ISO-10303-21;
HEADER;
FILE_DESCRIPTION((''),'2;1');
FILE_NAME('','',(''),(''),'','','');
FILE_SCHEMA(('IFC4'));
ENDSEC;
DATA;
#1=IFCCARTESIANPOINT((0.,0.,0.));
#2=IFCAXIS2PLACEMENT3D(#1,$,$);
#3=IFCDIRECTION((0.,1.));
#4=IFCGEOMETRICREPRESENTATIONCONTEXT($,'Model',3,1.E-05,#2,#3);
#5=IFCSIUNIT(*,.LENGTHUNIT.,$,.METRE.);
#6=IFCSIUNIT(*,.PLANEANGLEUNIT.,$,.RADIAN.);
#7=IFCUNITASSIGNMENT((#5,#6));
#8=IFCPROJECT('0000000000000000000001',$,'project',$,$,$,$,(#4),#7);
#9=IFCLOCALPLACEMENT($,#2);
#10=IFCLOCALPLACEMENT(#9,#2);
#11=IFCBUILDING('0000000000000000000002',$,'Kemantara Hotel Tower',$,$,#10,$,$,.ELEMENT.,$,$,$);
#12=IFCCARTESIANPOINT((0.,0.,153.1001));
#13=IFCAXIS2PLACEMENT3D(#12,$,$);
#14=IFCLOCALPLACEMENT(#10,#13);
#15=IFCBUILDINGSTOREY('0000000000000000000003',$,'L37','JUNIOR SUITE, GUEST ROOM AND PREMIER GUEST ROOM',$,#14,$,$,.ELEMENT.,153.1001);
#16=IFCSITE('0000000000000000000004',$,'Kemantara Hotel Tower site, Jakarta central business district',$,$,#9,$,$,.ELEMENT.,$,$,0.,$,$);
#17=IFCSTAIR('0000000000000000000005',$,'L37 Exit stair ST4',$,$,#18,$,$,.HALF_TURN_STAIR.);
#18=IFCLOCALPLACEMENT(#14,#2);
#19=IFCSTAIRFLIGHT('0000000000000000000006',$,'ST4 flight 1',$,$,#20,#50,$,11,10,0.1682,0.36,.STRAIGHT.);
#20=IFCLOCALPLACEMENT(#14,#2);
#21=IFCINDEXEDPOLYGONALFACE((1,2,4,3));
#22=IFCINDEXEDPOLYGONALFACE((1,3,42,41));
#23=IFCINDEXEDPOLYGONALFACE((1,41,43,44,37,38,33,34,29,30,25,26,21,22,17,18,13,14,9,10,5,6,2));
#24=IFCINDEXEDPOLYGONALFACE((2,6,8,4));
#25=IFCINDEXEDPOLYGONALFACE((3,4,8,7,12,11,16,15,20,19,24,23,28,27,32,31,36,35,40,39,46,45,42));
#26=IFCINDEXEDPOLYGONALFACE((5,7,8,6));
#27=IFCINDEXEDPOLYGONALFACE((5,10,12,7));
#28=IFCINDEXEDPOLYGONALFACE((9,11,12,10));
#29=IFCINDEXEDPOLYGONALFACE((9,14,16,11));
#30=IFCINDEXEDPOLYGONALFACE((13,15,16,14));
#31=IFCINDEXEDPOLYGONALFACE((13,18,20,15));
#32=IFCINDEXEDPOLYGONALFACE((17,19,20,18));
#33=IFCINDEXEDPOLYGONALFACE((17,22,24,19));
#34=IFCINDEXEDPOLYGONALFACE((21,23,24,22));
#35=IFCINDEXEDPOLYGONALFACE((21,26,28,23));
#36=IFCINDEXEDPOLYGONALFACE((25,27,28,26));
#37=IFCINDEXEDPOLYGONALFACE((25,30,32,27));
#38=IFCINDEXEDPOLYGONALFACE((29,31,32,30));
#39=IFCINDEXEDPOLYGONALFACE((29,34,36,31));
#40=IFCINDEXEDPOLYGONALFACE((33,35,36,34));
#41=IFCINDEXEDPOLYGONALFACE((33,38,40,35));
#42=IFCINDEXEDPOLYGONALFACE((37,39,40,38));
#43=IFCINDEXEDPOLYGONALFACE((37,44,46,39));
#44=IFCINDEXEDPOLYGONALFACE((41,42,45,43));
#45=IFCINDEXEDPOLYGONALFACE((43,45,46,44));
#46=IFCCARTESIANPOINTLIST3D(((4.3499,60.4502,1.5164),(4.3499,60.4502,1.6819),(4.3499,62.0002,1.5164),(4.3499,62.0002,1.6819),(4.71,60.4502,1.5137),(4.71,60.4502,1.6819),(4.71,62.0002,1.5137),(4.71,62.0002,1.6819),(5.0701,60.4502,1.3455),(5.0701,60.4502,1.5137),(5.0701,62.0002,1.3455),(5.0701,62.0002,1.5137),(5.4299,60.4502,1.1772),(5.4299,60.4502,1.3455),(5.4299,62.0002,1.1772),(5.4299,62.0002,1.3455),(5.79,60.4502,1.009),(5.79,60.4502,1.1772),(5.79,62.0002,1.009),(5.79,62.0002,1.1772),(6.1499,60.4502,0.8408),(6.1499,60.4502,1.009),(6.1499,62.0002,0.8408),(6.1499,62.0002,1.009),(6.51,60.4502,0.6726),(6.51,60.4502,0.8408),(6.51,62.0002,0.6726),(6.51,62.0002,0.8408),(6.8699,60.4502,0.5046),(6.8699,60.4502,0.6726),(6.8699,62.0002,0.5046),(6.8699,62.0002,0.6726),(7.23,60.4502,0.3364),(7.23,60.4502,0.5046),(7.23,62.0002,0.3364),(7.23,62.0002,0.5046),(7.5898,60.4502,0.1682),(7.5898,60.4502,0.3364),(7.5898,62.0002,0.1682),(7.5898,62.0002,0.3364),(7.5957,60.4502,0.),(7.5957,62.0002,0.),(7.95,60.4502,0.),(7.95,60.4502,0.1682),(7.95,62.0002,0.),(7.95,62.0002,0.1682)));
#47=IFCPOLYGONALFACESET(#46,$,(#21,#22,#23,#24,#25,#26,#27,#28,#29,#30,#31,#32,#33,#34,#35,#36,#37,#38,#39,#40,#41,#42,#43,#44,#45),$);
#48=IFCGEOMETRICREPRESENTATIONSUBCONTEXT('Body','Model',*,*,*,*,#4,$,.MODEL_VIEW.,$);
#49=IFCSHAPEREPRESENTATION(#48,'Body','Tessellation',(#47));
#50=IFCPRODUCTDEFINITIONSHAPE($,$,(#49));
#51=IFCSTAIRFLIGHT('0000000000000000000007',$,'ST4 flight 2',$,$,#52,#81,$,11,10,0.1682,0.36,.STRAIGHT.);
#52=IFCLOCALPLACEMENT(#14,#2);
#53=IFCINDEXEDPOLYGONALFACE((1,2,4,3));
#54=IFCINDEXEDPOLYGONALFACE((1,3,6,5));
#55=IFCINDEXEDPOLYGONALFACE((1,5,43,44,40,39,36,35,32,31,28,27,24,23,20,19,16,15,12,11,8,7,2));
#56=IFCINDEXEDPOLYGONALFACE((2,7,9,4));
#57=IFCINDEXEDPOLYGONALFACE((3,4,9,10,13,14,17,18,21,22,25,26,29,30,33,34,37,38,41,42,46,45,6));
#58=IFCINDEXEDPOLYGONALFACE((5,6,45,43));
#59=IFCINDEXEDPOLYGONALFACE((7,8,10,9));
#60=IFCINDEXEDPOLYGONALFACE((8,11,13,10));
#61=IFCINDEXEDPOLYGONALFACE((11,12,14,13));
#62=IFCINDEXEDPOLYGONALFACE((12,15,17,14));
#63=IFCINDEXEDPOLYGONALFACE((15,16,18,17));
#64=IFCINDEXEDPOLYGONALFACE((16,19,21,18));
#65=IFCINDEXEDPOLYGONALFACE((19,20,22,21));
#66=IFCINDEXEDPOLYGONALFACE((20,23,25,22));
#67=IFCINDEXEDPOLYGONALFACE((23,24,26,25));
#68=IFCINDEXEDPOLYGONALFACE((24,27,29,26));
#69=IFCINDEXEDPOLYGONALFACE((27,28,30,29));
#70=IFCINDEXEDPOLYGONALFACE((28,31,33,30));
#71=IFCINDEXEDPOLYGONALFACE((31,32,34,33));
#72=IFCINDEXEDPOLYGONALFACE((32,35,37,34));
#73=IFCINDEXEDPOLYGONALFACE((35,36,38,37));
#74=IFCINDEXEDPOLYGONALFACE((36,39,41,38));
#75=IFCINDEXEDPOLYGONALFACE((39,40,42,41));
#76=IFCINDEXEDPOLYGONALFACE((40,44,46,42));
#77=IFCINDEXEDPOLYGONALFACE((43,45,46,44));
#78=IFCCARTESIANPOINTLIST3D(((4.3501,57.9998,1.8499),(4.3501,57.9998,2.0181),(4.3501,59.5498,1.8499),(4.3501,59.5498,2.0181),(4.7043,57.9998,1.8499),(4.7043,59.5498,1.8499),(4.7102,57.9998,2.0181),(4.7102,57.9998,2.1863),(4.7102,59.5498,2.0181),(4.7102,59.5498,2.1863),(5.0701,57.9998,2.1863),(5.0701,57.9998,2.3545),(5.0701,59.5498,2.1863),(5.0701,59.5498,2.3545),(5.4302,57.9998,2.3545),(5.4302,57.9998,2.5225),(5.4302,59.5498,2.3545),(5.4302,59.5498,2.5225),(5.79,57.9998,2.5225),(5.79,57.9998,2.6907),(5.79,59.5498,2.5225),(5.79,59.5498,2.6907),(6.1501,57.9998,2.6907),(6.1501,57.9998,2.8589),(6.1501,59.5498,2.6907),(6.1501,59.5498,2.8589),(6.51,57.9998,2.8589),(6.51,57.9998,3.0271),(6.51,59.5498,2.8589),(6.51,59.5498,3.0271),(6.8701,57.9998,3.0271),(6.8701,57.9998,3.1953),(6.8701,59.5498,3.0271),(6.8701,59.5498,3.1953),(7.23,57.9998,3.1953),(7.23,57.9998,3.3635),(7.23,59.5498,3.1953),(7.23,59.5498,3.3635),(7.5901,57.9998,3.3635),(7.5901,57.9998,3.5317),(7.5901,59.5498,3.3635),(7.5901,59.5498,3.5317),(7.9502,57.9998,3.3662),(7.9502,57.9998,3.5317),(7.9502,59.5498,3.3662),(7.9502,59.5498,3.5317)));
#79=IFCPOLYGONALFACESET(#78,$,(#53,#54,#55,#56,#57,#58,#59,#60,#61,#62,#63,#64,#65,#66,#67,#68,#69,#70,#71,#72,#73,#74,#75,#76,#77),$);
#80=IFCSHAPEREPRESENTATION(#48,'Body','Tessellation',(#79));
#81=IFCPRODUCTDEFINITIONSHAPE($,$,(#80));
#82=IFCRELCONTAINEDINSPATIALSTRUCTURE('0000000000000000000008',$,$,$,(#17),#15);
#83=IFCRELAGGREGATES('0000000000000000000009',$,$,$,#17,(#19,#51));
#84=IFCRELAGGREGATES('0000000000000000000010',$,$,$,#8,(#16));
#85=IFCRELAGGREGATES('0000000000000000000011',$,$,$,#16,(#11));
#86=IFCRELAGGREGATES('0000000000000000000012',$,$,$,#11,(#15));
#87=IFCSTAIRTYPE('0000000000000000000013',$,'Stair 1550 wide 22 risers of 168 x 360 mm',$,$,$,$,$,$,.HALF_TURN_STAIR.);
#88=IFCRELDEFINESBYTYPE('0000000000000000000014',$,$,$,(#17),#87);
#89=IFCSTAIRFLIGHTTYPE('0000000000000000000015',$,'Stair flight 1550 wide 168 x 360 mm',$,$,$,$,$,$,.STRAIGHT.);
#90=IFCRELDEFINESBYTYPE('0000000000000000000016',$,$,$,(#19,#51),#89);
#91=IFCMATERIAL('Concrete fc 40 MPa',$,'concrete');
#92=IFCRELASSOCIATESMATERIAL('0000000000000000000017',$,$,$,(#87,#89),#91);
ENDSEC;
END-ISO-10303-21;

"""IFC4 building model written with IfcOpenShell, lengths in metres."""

from ifc_helpers import new_model, si_unit, direction, frame, origin, place, context, subcontext, project, spatial, polyline, outline, extrude, material, type_object, element, aggregate, save


model = new_model("IFC4")

# Units and contexts
model_context = context("Model", 3, precision=1e-05, world=origin(), true_north=direction((0.0, 1.0)))
body_context = subcontext(model_context, "Body", "Model", "MODEL_VIEW")
ifc_project = project(units=[si_unit("LENGTHUNIT", "METRE"), si_unit("PLANEANGLEUNIT", "RADIAN")], contexts=[model_context])

# Site, building, storey
site_placement = place(None, origin())
site = spatial("IfcSite", under=ifc_project, at=site_placement, Name="Kemantara Hotel Tower site, Jakarta central business district", CompositionType="ELEMENT", RefElevation=0.0)
building_placement = place(site_placement, origin())
building = spatial("IfcBuilding", under=site, at=building_placement, Name="Kemantara Hotel Tower", CompositionType="ELEMENT")
storey_placement = place(building_placement, frame((0.0, 0.0, 153.1001)))
storey = spatial("IfcBuildingStorey", under=building, at=storey_placement, Name="L37", Description="JUNIOR SUITE, GUEST ROOM AND PREMIER GUEST ROOM", CompositionType="ELEMENT", Elevation=153.1001)

# Shared definitions
ifc_material_1 = material(Name="Concrete fc 40 MPa", Category="concrete")

# Stair, stair flights
stair_type = type_object("IfcStairType", Name="Stair 1550 wide 22 risers of 168 x 360 mm", PredefinedType="HALF_TURN_STAIR", material=ifc_material_1)
stair_placement = place(storey_placement, origin())
stair = element("IfcStair", 1, at=stair_placement, inside=storey, type_object=stair_type, Name="L37 Exit stair ST4", PredefinedType="HALF_TURN_STAIR")
stair_flight_type = type_object("IfcStairFlightType", Name="Stair flight 1550 wide 168 x 360 mm", PredefinedType="STRAIGHT", material=ifc_material_1)
stair_flight_1_placement = place(storey_placement, frame((7.95, 61.2251, 0.0), z_axis=(0.0, 0.0, 1.0), x_axis=(-1.0, 0.0, 0.0)))
stair_flight_1 = element("IfcStairFlight", 2, at=stair_flight_1_placement, type_object=stair_flight_type, Name="ST4 flight 1", NumberOfRisers=11, NumberOfTreads=10, PredefinedType="STRAIGHT", RiserHeight=0.1682, TreadLength=0.36, context=body_context, shape_type="SweptSolid", body=[
    extrude(outline(polyline([(0.0, 0.0), (0.0, 0.1682), (0.3601, 0.1682), (0.3601, 0.3364), (0.72, 0.3364), (0.72, 0.5046), (1.0801, 0.5046), (1.0801, 0.6726), (1.4399, 0.6726), (1.4399, 0.8408), (1.8, 0.8408), (1.8, 1.009), (2.1599, 1.009), (2.1599, 1.1772), (2.52, 1.1772), (2.52, 1.3455), (2.8799, 1.3455), (2.8799, 1.5137), (3.24, 1.5137), (3.24, 1.6819), (3.6001, 1.6819), (3.6001, 1.8501), (3.6001, 1.5164), (0.3542, 0.0), (0.0, 0.0)])), frame((0.0, 0.7749, 0.0), z_axis=(0.0, -1.0, 0.0), x_axis=(1.0, 0.0, 0.0)), (0.0, 0.0, 1.0), 1.55),
])
stair_flight_2_placement = place(storey_placement, frame((4.3501, 58.7749, 1.8499), z_axis=(0.0, 0.0, 1.0), x_axis=(1.0, 0.0, 0.0)))
stair_flight_2 = element("IfcStairFlight", 3, at=stair_flight_2_placement, type_object=stair_flight_type, Name="ST4 flight 2", NumberOfRisers=11, NumberOfTreads=10, PredefinedType="STRAIGHT", RiserHeight=0.1682, TreadLength=0.36, context=body_context, shape_type="SweptSolid", body=[
    extrude(outline(polyline([(0.0, 0.0), (0.0, 0.1682), (0.3601, 0.1682), (0.3601, 0.3364), (0.72, 0.3364), (0.72, 0.5046), (1.0801, 0.5046), (1.0801, 0.6726), (1.4399, 0.6726), (1.4399, 0.8408), (1.8, 0.8408), (1.8, 1.009), (2.1599, 1.009), (2.1599, 1.1772), (2.52, 1.1772), (2.52, 1.3455), (2.8799, 1.3455), (2.8799, 1.5137), (3.24, 1.5137), (3.24, 1.6819), (3.6001, 1.6819), (3.6001, 1.8501), (3.6001, 1.5164), (0.3542, 0.0), (0.0, 0.0)])), frame((0.0, 0.7749, 0.0), z_axis=(0.0, -1.0, 0.0), x_axis=(1.0, 0.0, 0.0)), (0.0, 0.0, 1.0), 1.55),
])
aggregate(stair, [stair_flight_1, stair_flight_2])

save(model, "model.ifc")
